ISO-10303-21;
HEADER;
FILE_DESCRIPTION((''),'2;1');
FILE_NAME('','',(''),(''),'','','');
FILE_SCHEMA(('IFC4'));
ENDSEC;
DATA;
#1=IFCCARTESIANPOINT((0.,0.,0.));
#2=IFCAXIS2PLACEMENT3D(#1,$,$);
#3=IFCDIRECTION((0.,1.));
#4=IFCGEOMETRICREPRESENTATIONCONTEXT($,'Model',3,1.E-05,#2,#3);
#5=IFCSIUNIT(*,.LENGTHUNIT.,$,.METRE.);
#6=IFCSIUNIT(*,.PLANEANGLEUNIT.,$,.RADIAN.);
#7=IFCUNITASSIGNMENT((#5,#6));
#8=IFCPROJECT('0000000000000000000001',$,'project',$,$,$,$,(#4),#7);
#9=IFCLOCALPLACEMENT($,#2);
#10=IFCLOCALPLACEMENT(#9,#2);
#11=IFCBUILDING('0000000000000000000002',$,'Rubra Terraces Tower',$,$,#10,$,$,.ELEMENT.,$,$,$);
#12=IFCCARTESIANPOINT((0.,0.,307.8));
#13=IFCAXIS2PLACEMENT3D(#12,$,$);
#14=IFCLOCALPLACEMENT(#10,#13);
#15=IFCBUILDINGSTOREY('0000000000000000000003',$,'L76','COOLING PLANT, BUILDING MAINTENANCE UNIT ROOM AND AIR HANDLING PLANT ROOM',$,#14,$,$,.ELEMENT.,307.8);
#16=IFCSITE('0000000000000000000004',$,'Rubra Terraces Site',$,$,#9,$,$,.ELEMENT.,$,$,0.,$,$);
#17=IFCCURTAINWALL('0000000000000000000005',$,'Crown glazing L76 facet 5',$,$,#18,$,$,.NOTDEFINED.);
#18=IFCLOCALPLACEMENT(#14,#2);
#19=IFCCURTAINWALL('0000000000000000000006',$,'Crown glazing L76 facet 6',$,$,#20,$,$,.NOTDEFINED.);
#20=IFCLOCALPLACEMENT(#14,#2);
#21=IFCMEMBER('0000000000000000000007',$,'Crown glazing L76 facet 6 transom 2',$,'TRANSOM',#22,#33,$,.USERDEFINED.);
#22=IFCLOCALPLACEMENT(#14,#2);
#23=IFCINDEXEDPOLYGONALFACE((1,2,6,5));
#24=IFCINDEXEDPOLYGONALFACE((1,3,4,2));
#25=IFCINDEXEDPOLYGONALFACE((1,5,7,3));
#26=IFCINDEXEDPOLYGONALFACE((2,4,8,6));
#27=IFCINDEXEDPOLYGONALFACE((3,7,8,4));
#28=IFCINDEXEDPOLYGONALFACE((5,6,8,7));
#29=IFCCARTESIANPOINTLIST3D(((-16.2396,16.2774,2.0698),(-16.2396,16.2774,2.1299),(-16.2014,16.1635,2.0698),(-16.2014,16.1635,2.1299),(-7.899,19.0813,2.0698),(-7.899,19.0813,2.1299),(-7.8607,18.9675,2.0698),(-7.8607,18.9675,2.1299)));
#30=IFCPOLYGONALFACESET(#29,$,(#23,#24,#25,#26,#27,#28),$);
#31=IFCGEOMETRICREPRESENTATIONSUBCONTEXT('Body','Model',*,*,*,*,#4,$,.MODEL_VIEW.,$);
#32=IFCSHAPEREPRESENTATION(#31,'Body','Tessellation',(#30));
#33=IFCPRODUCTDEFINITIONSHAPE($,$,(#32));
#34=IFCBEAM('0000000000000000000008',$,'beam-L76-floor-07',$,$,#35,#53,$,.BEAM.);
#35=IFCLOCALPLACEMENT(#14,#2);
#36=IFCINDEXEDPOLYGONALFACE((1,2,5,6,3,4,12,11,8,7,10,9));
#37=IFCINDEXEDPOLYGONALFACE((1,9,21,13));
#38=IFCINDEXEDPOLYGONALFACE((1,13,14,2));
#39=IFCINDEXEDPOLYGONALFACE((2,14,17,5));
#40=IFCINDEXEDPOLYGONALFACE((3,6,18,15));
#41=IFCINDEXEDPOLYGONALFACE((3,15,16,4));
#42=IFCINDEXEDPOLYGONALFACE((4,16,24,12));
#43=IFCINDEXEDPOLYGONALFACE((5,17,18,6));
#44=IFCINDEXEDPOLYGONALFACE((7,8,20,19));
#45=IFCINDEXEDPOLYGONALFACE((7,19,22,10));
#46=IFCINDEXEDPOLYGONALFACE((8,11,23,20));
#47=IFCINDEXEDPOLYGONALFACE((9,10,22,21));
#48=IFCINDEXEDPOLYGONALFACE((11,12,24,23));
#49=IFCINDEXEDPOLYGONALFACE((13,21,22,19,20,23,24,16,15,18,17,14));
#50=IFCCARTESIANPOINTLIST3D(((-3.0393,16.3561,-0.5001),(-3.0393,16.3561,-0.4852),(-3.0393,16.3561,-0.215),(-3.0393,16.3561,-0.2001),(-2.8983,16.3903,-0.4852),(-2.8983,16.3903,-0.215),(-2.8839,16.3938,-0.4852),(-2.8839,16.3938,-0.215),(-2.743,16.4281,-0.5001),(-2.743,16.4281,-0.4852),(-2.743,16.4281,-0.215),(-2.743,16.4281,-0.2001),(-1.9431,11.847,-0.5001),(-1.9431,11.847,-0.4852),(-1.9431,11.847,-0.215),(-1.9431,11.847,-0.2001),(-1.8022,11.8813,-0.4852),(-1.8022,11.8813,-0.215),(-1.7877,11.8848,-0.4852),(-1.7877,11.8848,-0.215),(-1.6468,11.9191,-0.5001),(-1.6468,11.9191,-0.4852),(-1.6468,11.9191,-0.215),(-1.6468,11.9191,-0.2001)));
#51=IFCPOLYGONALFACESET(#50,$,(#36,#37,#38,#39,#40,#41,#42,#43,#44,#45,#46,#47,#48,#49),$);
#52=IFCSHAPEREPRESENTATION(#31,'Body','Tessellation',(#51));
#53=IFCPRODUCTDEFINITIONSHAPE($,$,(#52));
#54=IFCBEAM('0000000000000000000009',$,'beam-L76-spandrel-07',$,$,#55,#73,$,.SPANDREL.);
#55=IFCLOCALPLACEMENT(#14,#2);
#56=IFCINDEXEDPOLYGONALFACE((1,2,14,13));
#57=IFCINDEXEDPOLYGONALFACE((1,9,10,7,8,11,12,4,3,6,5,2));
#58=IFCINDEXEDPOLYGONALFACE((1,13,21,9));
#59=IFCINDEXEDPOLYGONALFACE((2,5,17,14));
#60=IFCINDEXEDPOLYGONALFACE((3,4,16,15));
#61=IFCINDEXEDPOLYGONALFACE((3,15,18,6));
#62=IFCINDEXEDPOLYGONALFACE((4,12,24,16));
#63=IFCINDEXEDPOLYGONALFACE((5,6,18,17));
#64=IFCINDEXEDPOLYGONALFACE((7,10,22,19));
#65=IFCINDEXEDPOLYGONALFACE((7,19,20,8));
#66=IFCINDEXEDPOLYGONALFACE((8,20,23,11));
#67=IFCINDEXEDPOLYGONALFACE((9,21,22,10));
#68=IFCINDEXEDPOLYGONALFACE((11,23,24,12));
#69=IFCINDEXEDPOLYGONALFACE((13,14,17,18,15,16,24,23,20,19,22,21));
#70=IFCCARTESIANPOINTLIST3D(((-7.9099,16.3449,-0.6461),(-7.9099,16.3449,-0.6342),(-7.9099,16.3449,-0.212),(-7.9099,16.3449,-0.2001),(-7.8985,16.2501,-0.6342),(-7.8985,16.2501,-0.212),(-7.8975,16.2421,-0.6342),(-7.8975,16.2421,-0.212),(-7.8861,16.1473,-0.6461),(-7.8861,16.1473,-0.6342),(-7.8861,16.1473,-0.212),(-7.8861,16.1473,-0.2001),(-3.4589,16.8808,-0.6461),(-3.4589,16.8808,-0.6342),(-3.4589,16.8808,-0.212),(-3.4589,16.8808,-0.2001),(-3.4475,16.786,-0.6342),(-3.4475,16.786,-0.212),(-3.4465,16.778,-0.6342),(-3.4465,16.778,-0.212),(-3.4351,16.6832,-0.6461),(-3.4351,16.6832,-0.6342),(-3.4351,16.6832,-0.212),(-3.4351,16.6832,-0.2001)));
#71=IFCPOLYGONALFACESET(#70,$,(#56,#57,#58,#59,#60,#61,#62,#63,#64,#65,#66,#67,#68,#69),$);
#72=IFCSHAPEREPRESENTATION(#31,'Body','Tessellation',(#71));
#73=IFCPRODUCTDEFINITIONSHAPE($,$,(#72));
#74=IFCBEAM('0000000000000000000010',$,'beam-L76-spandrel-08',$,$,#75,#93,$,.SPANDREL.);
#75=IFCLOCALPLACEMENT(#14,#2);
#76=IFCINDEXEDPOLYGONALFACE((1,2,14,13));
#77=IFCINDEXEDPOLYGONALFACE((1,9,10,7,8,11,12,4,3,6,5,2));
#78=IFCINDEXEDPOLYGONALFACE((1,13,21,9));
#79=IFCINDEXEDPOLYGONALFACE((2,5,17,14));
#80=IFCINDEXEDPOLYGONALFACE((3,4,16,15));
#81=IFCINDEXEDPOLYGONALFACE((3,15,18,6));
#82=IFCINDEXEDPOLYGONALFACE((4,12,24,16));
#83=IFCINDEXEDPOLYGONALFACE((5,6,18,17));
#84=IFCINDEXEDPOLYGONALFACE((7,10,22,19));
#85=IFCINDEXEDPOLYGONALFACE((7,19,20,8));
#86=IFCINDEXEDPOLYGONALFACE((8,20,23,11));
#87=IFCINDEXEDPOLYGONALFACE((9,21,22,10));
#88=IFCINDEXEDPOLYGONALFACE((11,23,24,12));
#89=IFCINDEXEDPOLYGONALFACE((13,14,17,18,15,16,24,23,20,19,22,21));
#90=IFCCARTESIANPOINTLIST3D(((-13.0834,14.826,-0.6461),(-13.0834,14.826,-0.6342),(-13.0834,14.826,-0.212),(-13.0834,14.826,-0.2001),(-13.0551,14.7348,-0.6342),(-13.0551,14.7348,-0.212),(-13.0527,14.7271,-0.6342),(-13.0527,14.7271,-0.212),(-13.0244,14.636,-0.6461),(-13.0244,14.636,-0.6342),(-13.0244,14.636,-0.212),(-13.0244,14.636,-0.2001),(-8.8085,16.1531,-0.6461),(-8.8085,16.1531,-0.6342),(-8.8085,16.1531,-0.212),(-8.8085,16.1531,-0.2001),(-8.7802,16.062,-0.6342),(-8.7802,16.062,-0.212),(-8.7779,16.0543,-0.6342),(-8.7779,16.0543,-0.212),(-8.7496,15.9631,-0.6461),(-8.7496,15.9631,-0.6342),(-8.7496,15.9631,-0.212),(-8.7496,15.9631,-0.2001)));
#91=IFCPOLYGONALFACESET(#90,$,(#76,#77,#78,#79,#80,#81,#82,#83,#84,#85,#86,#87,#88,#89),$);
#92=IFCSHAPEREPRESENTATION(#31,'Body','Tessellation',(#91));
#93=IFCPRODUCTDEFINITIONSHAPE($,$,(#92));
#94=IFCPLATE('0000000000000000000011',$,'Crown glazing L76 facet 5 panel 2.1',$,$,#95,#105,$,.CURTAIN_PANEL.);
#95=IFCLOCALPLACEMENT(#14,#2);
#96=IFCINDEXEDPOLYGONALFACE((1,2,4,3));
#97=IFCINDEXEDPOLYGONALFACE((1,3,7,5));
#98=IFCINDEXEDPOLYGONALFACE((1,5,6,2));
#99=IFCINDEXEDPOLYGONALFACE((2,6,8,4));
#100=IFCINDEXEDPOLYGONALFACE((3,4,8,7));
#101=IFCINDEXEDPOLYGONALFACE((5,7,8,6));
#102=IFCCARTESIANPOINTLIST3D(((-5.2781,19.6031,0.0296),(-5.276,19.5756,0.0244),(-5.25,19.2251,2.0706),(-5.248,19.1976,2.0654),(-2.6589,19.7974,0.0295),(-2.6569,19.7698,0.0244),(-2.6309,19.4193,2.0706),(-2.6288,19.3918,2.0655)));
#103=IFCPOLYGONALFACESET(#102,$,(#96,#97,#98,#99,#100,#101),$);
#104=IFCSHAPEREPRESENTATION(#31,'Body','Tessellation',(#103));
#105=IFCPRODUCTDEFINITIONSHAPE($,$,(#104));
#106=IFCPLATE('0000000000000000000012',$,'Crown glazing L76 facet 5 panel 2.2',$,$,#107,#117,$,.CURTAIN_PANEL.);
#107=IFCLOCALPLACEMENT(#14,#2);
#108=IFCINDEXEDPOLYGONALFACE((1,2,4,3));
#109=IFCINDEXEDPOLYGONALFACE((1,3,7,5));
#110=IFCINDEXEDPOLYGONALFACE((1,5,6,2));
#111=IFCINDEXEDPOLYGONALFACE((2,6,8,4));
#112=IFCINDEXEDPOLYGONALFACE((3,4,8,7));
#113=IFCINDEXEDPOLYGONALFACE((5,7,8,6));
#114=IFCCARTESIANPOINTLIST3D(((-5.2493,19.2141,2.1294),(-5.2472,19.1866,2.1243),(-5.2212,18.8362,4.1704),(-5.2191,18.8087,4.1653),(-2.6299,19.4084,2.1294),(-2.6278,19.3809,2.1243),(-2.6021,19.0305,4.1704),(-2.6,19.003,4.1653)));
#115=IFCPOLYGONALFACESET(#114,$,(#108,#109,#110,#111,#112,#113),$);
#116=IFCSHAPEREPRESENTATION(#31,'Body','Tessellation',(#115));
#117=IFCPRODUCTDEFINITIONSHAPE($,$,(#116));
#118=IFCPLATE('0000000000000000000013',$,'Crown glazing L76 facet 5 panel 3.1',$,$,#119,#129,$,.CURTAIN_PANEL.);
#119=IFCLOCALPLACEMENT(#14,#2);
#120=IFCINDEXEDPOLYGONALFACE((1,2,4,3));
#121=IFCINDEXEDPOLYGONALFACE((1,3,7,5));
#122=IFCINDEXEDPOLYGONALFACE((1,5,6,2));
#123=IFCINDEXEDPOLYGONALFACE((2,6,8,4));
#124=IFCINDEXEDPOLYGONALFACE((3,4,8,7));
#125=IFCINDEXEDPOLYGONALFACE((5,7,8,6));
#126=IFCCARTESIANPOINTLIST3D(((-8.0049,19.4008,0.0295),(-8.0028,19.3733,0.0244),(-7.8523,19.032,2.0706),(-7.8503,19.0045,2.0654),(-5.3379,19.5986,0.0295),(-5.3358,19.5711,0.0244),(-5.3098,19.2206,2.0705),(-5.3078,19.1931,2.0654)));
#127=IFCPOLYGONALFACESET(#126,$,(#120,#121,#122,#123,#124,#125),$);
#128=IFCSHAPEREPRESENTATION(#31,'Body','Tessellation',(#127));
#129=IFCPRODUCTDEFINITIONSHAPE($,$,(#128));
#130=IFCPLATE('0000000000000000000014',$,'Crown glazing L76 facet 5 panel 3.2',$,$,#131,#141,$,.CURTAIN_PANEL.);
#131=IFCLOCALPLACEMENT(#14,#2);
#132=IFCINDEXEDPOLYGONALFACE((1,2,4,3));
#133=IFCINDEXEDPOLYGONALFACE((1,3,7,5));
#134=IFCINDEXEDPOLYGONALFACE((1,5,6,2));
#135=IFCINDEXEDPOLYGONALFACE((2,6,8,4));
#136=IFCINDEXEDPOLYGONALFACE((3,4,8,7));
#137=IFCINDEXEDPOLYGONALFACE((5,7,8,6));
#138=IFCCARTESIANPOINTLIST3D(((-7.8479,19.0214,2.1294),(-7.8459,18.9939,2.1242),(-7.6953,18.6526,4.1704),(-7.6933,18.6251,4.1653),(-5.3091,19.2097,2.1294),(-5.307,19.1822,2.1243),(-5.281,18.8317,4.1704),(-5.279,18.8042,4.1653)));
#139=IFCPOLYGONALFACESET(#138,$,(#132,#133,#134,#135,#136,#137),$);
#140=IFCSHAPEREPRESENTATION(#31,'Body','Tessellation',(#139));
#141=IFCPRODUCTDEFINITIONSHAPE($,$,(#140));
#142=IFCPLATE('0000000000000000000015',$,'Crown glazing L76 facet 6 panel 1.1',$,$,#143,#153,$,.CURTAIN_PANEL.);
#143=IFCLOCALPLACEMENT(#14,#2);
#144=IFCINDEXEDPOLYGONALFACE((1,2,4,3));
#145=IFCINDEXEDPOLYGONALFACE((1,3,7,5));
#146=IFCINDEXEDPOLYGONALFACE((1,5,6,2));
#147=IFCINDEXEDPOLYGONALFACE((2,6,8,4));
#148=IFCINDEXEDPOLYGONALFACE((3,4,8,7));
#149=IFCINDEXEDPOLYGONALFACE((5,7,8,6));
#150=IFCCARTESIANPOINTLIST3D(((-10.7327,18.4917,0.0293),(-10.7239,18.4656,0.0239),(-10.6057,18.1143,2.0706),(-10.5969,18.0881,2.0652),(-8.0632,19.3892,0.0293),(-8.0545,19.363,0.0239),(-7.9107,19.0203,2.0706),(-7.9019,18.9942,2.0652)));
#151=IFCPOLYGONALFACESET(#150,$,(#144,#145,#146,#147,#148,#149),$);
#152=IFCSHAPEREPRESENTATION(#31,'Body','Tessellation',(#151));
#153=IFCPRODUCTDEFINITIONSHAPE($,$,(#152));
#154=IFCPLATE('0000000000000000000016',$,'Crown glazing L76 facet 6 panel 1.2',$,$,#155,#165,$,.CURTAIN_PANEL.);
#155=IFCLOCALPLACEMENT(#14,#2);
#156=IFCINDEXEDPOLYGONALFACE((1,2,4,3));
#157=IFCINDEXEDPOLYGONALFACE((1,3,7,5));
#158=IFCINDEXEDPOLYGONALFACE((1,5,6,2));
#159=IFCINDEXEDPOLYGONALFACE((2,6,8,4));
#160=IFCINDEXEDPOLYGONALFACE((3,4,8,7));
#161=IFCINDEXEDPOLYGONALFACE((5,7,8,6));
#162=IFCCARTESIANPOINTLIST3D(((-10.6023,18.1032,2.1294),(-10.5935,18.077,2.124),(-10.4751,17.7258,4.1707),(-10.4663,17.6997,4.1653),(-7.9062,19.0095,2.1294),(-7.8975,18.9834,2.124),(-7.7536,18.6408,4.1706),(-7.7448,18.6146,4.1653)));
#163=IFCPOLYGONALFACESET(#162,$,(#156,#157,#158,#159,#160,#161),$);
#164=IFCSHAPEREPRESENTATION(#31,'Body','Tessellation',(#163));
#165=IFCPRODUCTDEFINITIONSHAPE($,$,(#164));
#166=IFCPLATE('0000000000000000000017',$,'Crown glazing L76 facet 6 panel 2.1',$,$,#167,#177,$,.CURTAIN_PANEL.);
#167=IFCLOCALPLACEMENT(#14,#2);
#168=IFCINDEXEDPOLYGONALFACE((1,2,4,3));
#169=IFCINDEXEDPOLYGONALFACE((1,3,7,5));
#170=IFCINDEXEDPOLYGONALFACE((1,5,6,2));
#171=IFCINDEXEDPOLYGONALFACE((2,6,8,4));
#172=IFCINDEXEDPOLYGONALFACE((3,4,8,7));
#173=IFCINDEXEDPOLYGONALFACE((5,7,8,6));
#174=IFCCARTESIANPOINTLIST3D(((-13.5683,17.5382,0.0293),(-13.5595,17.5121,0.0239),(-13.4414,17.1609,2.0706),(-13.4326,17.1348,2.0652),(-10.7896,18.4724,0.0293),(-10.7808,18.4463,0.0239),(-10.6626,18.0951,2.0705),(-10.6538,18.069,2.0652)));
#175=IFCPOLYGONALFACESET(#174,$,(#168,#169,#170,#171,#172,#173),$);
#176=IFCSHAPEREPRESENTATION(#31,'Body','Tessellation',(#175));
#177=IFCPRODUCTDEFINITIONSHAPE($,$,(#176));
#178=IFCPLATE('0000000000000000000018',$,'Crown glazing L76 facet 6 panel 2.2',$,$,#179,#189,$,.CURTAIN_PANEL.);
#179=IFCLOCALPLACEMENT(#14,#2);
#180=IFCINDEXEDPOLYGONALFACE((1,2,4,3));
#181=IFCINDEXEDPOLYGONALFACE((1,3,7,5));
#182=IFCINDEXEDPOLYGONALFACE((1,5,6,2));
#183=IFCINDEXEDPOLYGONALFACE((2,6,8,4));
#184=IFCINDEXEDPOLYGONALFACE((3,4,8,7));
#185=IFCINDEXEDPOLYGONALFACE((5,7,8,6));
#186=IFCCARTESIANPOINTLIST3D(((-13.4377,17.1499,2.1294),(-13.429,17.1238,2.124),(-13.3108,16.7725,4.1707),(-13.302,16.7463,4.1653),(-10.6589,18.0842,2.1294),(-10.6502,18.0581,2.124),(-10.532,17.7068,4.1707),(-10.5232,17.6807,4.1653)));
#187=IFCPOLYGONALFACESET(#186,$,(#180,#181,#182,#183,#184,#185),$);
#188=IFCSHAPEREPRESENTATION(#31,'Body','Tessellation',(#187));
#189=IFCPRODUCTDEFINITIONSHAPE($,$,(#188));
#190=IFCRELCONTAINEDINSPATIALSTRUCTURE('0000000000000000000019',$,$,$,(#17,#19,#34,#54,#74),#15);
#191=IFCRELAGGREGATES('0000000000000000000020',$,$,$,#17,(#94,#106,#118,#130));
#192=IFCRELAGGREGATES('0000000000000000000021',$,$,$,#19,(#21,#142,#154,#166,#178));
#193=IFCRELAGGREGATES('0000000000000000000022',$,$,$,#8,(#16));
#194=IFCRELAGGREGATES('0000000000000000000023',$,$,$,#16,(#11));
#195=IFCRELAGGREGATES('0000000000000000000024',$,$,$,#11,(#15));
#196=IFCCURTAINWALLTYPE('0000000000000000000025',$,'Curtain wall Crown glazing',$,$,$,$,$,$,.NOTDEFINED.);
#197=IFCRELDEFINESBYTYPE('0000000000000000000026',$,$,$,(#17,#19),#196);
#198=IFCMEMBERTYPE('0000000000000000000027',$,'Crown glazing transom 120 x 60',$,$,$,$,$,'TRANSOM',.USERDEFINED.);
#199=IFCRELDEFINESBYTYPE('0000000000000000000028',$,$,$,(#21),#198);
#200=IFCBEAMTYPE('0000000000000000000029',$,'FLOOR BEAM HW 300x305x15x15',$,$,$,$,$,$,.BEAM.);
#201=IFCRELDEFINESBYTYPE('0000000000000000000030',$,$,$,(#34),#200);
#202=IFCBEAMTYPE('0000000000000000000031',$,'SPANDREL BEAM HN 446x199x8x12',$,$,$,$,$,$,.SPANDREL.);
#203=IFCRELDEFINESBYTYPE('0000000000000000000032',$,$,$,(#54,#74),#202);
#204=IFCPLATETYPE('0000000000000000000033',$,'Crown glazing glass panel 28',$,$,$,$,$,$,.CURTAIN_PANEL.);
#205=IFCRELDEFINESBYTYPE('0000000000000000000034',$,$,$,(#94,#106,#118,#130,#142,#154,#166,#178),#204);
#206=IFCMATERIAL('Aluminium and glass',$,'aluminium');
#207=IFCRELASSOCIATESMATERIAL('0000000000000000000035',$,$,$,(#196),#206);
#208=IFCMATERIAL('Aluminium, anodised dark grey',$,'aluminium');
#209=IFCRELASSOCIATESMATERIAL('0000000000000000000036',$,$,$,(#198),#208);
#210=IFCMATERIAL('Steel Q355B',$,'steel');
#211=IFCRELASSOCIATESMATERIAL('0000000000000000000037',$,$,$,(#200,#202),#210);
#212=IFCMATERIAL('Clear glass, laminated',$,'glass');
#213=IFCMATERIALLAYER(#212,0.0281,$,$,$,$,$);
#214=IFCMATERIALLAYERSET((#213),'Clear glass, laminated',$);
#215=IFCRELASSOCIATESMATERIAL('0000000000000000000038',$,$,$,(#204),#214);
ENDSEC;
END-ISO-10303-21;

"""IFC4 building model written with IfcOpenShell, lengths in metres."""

from ifc_helpers import new_model, si_unit, direction, frame, origin, origin_2d, place, context, subcontext, project, spatial, polyline, rectangle, i_section, outline, extrude, material, layer, layer_set, material_profile, profile_set, type_object, element, aggregate, save


model = new_model("IFC4")

# Units and contexts
model_context = context("Model", 3, precision=1e-05, world=origin(), true_north=direction((0.0, 1.0)))
body_context = subcontext(model_context, "Body", "Model", "MODEL_VIEW")
ifc_project = project(units=[si_unit("LENGTHUNIT", "METRE"), si_unit("PLANEANGLEUNIT", "RADIAN")], contexts=[model_context])

# Site, building, storey
site_placement = place(None, origin())
site = spatial("IfcSite", under=ifc_project, at=site_placement, Name="Rubra Terraces Site", CompositionType="ELEMENT", RefElevation=0.0)
building_placement = place(site_placement, origin())
building = spatial("IfcBuilding", under=site, at=building_placement, Name="Rubra Terraces Tower", CompositionType="ELEMENT")
storey_placement = place(building_placement, frame((0.0, 0.0, 307.8)))
storey = spatial("IfcBuildingStorey", under=building, at=storey_placement, Name="L76", Description="COOLING PLANT, BUILDING MAINTENANCE UNIT ROOM AND AIR HANDLING PLANT ROOM", CompositionType="ELEMENT", Elevation=307.8)

# Shared definitions
ifc_material_1 = material(Name="Steel Q355B", Category="steel")

# Curtain walls, member
ifc_material_2 = material(Name="Aluminium and glass", Category="aluminium")
curtain_wall_type = type_object("IfcCurtainWallType", Name="Curtain wall Crown glazing", PredefinedType="NOTDEFINED", material=ifc_material_2)
curtain_wall_1_placement = place(storey_placement, origin())
curtain_wall_1 = element("IfcCurtainWall", 1, at=curtain_wall_1_placement, inside=storey, type_object=curtain_wall_type, Name="Crown glazing L76 facet 5", PredefinedType="NOTDEFINED")
ifc_material_3 = material(Name="Aluminium, anodised dark grey", Category="aluminium")
curtain_wall_2_placement = place(storey_placement, origin())
curtain_wall_2 = element("IfcCurtainWall", 2, at=curtain_wall_2_placement, inside=storey, type_object=curtain_wall_type, Name="Crown glazing L76 facet 6", PredefinedType="NOTDEFINED")
ifc_material_profile_1 = material_profile(ifc_material_3, rectangle(XDim=0.1201, YDim=0.0601, at=origin_2d()), Name="AL 120x60")
ifc_profile_set_1 = profile_set([ifc_material_profile_1], Name="Aluminium, anodised dark grey")
member_type_1 = type_object("IfcMemberType", Name="Crown glazing transom 120 x 60", ElementType="TRANSOM", PredefinedType="USERDEFINED", material=ifc_profile_set_1)
member_1_placement = place(storey_placement, frame((-7.8799, 19.0244, 2.0999), z_axis=(-0.94787, -0.318657, 0.0), x_axis=(0.318657, -0.94787, 0.0)))
member_1 = element("IfcMember", 3, at=member_1_placement, type_object=member_type_1, Name="Crown glazing L76 facet 6 transom 2", ObjectType="TRANSOM", PredefinedType="USERDEFINED", context=body_context, shape_type="SweptSolid", body=[
    extrude(rectangle(XDim=0.1201, YDim=0.0601, at=origin_2d()), origin(), (0.0, 0.0, 1.0), 8.7993),
])

# Beams
ifc_material_profile_2 = material_profile(ifc_material_1, i_section(OverallWidth=0.3049, OverallDepth=0.3, WebThickness=0.0149, FlangeThickness=0.0149, at=origin_2d()), Name="HW 300x305x15x15")
ifc_profile_set_2 = profile_set([ifc_material_profile_2], Name="Steel Q355B")
beam_type_1 = type_object("IfcBeamType", Name="FLOOR BEAM HW 300x305x15x15", PredefinedType="BEAM", material=ifc_profile_set_2)
beam_1_placement = place(storey_placement, frame((-2.8911, 16.3921, -0.3501), z_axis=(0.236229, -0.971697, 0.0), x_axis=(0.971697, 0.236229, 0.0)))
element("IfcBeam", 4, at=beam_1_placement, inside=storey, type_object=beam_type_1, Name="beam-L76-floor-07", PredefinedType="BEAM", context=body_context, shape_type="SweptSolid", body=[
    extrude(i_section(OverallWidth=0.3049, OverallDepth=0.3, WebThickness=0.0149, FlangeThickness=0.0149, at=origin_2d()), origin(), (0.0, 0.0, 1.0), 4.6404),
])
ifc_material_profile_3 = material_profile(ifc_material_1, i_section(OverallWidth=0.199, OverallDepth=0.446, WebThickness=0.0081, FlangeThickness=0.012, at=origin_2d()), Name="HN 446x199x8x12")
ifc_profile_set_3 = profile_set([ifc_material_profile_3], Name="Steel Q355B")
beam_type_2 = type_object("IfcBeamType", Name="SPANDREL BEAM HN 446x199x8x12", PredefinedType="SPANDREL", material=ifc_profile_set_3)
beam_2_placement = place(storey_placement, frame((-3.447, 16.782, -0.4231), z_axis=(-0.99283, -0.119536, 0.0), x_axis=(0.119536, -0.99283, 0.0)))
element("IfcBeam", 5, at=beam_2_placement, inside=storey, type_object=beam_type_2, Name="beam-L76-spandrel-07", PredefinedType="SPANDREL", context=body_context, shape_type="SweptSolid", body=[
    extrude(i_section(OverallWidth=0.199, OverallDepth=0.446, WebThickness=0.0081, FlangeThickness=0.012, at=origin_2d()), origin(), (0.0, 0.0, 1.0), 4.4832),
])
beam_3_placement = place(storey_placement, frame((-8.7791, 16.0581, -0.4231), z_axis=(-0.955035, -0.296492, 0.0), x_axis=(0.296492, -0.955035, 0.0)))
element("IfcBeam", 6, at=beam_3_placement, inside=storey, type_object=beam_type_2, Name="beam-L76-spandrel-08", PredefinedType="SPANDREL", context=body_context, shape_type="SweptSolid", body=[
    extrude(i_section(OverallWidth=0.199, OverallDepth=0.446, WebThickness=0.0081, FlangeThickness=0.012, at=origin_2d()), origin(), (0.0, 0.0, 1.0), 4.4761),
])

# Plates
ifc_material_4 = material(Name="Clear glass, laminated", Category="glass")
ifc_layer_1 = layer(ifc_material_4, 0.0281)
ifc_layer_set_1 = layer_set([ifc_layer_1], Name="Clear glass, laminated")
plate_type = type_object("IfcPlateType", Name="Crown glazing glass panel 28", PredefinedType="CURTAIN_PANEL", material=ifc_layer_set_1)
plate_1_placement = place(storey_placement, frame((-2.6589, 19.7974, 0.0295), z_axis=(-0.072705, 0.980493, 0.182614), x_axis=(-0.997262, -0.07395, 0.000008)))
plate_1 = element("IfcPlate", 7, at=plate_1_placement, type_object=plate_type, Name="Crown glazing L76 facet 5 panel 2.1", PredefinedType="CURTAIN_PANEL", context=body_context, shape_type="SweptSolid", body=[
    extrude(outline(polyline([(0.0, 0.0), (2.6263, 0.0), (2.6263, 2.0759), (0.0, 2.0759), (0.0, 0.0)])), origin(), (0.0, 0.0, -1.0), 0.0281),
])
plate_2_placement = place(storey_placement, frame((-2.6299, 19.4084, 2.1294), z_axis=(-0.072748, 0.980501, 0.182553), x_axis=(-0.997259, -0.073991, -0.000001)))
plate_2 = element("IfcPlate", 8, at=plate_2_placement, type_object=plate_type, Name="Crown glazing L76 facet 5 panel 2.2", PredefinedType="CURTAIN_PANEL", context=body_context, shape_type="SweptSolid", body=[
    extrude(outline(polyline([(0.0, 0.0), (2.6266, 0.0), (2.6265, 2.0759), (0.0002, 2.0759), (0.0, 0.0)])), origin(), (0.0, 0.0, -1.0), 0.0281),
])
plate_3_placement = place(storey_placement, frame((-5.3379, 19.5986, 0.0295), z_axis=(-0.07274, 0.980492, 0.182605), x_axis=(-0.99726, -0.073982, -0.000007)))
plate_3 = element("IfcPlate", 9, at=plate_3_placement, type_object=plate_type, Name="Crown glazing L76 facet 5 panel 3.1", PredefinedType="CURTAIN_PANEL", context=body_context, shape_type="SweptSolid", body=[
    extrude(outline(polyline([(0.0, 0.0), (2.6743, 0.0), (2.5494, 2.0759), (-0.0001, 2.0759), (0.0, 0.0)])), origin(), (0.0, 0.0, -1.0), 0.0281),
])
plate_4_placement = place(storey_placement, frame((-5.3091, 19.2097, 2.1294), z_axis=(-0.072735, 0.980492, 0.182605), x_axis=(-0.99726, -0.073977, -0.000007)))
plate_4 = element("IfcPlate", 10, at=plate_4_placement, type_object=plate_type, Name="Crown glazing L76 facet 5 panel 3.2", PredefinedType="CURTAIN_PANEL", context=body_context, shape_type="SweptSolid", body=[
    extrude(outline(polyline([(0.0, 0.0), (2.5458, 0.0), (2.4209, 2.0759), (-0.0001, 2.0759), (0.0, 0.0)])), origin(), (0.0, 0.0, -1.0), 0.0281),
])
aggregate(curtain_wall_1, [plate_1, plate_2, plate_3, plate_4])
plate_5_placement = place(storey_placement, frame((-8.0632, 19.3892, 0.0293), z_axis=(-0.312763, 0.930328, 0.191492), x_axis=(-0.947869, -0.31866, 0.000002)))
plate_5 = element("IfcPlate", 11, at=plate_5_placement, type_object=plate_type, Name="Crown glazing L76 facet 6 panel 1.1", PredefinedType="CURTAIN_PANEL", context=body_context, shape_type="SweptSolid", body=[
    extrude(outline(polyline([(0.0, 0.0), (2.8163, 0.0), (2.8162, 2.0797), (-0.0271, 2.0798), (0.0, 0.0)])), origin(), (0.0, 0.0, -1.0), 0.0281),
])
plate_6_placement = place(storey_placement, frame((-7.9062, 19.0095, 2.1294), z_axis=(-0.312767, 0.930334, 0.191456), x_axis=(-0.947869, -0.31866, -0.000008)))
plate_6 = element("IfcPlate", 12, at=plate_6_placement, type_object=plate_type, Name="Crown glazing L76 facet 6 panel 1.2", PredefinedType="CURTAIN_PANEL", context=body_context, shape_type="SweptSolid", body=[
    extrude(outline(polyline([(0.0, 0.0), (2.8443, 0.0), (2.844, 2.0798), (-0.0272, 2.0797), (0.0, 0.0)])), origin(), (0.0, 0.0, -1.0), 0.0281),
])
plate_7_placement = place(storey_placement, frame((-10.7896, 18.4724, 0.0293), z_axis=(-0.31277, 0.93034, 0.191422), x_axis=(-0.947869, -0.318661, -0.000007)))
plate_7 = element("IfcPlate", 13, at=plate_7_placement, type_object=plate_type, Name="Crown glazing L76 facet 6 panel 2.1", PredefinedType="CURTAIN_PANEL", context=body_context, shape_type="SweptSolid", body=[
    extrude(outline(polyline([(0.0, 0.0), (2.9316, 0.0), (2.9315, 2.0797), (-0.0002, 2.0797), (0.0, 0.0)])), origin(), (0.0, 0.0, -1.0), 0.0281),
])
plate_8_placement = place(storey_placement, frame((-10.6589, 18.0842, 2.1294), z_axis=(-0.312803, 0.930318, 0.191476), x_axis=(-0.947856, -0.3187, 0.0)))
plate_8 = element("IfcPlate", 14, at=plate_8_placement, type_object=plate_type, Name="Crown glazing L76 facet 6 panel 2.2", PredefinedType="CURTAIN_PANEL", context=body_context, shape_type="SweptSolid", body=[
    extrude(outline(polyline([(0.0, 0.0), (2.9317, 0.0), (2.9316, 2.0797), (0.0, 2.0797), (0.0, 0.0)])), origin(), (0.0, 0.0, -1.0), 0.0281),
])
aggregate(curtain_wall_2, [member_1, plate_5, plate_6, plate_7, plate_8])

save(model, "model.ifc")
